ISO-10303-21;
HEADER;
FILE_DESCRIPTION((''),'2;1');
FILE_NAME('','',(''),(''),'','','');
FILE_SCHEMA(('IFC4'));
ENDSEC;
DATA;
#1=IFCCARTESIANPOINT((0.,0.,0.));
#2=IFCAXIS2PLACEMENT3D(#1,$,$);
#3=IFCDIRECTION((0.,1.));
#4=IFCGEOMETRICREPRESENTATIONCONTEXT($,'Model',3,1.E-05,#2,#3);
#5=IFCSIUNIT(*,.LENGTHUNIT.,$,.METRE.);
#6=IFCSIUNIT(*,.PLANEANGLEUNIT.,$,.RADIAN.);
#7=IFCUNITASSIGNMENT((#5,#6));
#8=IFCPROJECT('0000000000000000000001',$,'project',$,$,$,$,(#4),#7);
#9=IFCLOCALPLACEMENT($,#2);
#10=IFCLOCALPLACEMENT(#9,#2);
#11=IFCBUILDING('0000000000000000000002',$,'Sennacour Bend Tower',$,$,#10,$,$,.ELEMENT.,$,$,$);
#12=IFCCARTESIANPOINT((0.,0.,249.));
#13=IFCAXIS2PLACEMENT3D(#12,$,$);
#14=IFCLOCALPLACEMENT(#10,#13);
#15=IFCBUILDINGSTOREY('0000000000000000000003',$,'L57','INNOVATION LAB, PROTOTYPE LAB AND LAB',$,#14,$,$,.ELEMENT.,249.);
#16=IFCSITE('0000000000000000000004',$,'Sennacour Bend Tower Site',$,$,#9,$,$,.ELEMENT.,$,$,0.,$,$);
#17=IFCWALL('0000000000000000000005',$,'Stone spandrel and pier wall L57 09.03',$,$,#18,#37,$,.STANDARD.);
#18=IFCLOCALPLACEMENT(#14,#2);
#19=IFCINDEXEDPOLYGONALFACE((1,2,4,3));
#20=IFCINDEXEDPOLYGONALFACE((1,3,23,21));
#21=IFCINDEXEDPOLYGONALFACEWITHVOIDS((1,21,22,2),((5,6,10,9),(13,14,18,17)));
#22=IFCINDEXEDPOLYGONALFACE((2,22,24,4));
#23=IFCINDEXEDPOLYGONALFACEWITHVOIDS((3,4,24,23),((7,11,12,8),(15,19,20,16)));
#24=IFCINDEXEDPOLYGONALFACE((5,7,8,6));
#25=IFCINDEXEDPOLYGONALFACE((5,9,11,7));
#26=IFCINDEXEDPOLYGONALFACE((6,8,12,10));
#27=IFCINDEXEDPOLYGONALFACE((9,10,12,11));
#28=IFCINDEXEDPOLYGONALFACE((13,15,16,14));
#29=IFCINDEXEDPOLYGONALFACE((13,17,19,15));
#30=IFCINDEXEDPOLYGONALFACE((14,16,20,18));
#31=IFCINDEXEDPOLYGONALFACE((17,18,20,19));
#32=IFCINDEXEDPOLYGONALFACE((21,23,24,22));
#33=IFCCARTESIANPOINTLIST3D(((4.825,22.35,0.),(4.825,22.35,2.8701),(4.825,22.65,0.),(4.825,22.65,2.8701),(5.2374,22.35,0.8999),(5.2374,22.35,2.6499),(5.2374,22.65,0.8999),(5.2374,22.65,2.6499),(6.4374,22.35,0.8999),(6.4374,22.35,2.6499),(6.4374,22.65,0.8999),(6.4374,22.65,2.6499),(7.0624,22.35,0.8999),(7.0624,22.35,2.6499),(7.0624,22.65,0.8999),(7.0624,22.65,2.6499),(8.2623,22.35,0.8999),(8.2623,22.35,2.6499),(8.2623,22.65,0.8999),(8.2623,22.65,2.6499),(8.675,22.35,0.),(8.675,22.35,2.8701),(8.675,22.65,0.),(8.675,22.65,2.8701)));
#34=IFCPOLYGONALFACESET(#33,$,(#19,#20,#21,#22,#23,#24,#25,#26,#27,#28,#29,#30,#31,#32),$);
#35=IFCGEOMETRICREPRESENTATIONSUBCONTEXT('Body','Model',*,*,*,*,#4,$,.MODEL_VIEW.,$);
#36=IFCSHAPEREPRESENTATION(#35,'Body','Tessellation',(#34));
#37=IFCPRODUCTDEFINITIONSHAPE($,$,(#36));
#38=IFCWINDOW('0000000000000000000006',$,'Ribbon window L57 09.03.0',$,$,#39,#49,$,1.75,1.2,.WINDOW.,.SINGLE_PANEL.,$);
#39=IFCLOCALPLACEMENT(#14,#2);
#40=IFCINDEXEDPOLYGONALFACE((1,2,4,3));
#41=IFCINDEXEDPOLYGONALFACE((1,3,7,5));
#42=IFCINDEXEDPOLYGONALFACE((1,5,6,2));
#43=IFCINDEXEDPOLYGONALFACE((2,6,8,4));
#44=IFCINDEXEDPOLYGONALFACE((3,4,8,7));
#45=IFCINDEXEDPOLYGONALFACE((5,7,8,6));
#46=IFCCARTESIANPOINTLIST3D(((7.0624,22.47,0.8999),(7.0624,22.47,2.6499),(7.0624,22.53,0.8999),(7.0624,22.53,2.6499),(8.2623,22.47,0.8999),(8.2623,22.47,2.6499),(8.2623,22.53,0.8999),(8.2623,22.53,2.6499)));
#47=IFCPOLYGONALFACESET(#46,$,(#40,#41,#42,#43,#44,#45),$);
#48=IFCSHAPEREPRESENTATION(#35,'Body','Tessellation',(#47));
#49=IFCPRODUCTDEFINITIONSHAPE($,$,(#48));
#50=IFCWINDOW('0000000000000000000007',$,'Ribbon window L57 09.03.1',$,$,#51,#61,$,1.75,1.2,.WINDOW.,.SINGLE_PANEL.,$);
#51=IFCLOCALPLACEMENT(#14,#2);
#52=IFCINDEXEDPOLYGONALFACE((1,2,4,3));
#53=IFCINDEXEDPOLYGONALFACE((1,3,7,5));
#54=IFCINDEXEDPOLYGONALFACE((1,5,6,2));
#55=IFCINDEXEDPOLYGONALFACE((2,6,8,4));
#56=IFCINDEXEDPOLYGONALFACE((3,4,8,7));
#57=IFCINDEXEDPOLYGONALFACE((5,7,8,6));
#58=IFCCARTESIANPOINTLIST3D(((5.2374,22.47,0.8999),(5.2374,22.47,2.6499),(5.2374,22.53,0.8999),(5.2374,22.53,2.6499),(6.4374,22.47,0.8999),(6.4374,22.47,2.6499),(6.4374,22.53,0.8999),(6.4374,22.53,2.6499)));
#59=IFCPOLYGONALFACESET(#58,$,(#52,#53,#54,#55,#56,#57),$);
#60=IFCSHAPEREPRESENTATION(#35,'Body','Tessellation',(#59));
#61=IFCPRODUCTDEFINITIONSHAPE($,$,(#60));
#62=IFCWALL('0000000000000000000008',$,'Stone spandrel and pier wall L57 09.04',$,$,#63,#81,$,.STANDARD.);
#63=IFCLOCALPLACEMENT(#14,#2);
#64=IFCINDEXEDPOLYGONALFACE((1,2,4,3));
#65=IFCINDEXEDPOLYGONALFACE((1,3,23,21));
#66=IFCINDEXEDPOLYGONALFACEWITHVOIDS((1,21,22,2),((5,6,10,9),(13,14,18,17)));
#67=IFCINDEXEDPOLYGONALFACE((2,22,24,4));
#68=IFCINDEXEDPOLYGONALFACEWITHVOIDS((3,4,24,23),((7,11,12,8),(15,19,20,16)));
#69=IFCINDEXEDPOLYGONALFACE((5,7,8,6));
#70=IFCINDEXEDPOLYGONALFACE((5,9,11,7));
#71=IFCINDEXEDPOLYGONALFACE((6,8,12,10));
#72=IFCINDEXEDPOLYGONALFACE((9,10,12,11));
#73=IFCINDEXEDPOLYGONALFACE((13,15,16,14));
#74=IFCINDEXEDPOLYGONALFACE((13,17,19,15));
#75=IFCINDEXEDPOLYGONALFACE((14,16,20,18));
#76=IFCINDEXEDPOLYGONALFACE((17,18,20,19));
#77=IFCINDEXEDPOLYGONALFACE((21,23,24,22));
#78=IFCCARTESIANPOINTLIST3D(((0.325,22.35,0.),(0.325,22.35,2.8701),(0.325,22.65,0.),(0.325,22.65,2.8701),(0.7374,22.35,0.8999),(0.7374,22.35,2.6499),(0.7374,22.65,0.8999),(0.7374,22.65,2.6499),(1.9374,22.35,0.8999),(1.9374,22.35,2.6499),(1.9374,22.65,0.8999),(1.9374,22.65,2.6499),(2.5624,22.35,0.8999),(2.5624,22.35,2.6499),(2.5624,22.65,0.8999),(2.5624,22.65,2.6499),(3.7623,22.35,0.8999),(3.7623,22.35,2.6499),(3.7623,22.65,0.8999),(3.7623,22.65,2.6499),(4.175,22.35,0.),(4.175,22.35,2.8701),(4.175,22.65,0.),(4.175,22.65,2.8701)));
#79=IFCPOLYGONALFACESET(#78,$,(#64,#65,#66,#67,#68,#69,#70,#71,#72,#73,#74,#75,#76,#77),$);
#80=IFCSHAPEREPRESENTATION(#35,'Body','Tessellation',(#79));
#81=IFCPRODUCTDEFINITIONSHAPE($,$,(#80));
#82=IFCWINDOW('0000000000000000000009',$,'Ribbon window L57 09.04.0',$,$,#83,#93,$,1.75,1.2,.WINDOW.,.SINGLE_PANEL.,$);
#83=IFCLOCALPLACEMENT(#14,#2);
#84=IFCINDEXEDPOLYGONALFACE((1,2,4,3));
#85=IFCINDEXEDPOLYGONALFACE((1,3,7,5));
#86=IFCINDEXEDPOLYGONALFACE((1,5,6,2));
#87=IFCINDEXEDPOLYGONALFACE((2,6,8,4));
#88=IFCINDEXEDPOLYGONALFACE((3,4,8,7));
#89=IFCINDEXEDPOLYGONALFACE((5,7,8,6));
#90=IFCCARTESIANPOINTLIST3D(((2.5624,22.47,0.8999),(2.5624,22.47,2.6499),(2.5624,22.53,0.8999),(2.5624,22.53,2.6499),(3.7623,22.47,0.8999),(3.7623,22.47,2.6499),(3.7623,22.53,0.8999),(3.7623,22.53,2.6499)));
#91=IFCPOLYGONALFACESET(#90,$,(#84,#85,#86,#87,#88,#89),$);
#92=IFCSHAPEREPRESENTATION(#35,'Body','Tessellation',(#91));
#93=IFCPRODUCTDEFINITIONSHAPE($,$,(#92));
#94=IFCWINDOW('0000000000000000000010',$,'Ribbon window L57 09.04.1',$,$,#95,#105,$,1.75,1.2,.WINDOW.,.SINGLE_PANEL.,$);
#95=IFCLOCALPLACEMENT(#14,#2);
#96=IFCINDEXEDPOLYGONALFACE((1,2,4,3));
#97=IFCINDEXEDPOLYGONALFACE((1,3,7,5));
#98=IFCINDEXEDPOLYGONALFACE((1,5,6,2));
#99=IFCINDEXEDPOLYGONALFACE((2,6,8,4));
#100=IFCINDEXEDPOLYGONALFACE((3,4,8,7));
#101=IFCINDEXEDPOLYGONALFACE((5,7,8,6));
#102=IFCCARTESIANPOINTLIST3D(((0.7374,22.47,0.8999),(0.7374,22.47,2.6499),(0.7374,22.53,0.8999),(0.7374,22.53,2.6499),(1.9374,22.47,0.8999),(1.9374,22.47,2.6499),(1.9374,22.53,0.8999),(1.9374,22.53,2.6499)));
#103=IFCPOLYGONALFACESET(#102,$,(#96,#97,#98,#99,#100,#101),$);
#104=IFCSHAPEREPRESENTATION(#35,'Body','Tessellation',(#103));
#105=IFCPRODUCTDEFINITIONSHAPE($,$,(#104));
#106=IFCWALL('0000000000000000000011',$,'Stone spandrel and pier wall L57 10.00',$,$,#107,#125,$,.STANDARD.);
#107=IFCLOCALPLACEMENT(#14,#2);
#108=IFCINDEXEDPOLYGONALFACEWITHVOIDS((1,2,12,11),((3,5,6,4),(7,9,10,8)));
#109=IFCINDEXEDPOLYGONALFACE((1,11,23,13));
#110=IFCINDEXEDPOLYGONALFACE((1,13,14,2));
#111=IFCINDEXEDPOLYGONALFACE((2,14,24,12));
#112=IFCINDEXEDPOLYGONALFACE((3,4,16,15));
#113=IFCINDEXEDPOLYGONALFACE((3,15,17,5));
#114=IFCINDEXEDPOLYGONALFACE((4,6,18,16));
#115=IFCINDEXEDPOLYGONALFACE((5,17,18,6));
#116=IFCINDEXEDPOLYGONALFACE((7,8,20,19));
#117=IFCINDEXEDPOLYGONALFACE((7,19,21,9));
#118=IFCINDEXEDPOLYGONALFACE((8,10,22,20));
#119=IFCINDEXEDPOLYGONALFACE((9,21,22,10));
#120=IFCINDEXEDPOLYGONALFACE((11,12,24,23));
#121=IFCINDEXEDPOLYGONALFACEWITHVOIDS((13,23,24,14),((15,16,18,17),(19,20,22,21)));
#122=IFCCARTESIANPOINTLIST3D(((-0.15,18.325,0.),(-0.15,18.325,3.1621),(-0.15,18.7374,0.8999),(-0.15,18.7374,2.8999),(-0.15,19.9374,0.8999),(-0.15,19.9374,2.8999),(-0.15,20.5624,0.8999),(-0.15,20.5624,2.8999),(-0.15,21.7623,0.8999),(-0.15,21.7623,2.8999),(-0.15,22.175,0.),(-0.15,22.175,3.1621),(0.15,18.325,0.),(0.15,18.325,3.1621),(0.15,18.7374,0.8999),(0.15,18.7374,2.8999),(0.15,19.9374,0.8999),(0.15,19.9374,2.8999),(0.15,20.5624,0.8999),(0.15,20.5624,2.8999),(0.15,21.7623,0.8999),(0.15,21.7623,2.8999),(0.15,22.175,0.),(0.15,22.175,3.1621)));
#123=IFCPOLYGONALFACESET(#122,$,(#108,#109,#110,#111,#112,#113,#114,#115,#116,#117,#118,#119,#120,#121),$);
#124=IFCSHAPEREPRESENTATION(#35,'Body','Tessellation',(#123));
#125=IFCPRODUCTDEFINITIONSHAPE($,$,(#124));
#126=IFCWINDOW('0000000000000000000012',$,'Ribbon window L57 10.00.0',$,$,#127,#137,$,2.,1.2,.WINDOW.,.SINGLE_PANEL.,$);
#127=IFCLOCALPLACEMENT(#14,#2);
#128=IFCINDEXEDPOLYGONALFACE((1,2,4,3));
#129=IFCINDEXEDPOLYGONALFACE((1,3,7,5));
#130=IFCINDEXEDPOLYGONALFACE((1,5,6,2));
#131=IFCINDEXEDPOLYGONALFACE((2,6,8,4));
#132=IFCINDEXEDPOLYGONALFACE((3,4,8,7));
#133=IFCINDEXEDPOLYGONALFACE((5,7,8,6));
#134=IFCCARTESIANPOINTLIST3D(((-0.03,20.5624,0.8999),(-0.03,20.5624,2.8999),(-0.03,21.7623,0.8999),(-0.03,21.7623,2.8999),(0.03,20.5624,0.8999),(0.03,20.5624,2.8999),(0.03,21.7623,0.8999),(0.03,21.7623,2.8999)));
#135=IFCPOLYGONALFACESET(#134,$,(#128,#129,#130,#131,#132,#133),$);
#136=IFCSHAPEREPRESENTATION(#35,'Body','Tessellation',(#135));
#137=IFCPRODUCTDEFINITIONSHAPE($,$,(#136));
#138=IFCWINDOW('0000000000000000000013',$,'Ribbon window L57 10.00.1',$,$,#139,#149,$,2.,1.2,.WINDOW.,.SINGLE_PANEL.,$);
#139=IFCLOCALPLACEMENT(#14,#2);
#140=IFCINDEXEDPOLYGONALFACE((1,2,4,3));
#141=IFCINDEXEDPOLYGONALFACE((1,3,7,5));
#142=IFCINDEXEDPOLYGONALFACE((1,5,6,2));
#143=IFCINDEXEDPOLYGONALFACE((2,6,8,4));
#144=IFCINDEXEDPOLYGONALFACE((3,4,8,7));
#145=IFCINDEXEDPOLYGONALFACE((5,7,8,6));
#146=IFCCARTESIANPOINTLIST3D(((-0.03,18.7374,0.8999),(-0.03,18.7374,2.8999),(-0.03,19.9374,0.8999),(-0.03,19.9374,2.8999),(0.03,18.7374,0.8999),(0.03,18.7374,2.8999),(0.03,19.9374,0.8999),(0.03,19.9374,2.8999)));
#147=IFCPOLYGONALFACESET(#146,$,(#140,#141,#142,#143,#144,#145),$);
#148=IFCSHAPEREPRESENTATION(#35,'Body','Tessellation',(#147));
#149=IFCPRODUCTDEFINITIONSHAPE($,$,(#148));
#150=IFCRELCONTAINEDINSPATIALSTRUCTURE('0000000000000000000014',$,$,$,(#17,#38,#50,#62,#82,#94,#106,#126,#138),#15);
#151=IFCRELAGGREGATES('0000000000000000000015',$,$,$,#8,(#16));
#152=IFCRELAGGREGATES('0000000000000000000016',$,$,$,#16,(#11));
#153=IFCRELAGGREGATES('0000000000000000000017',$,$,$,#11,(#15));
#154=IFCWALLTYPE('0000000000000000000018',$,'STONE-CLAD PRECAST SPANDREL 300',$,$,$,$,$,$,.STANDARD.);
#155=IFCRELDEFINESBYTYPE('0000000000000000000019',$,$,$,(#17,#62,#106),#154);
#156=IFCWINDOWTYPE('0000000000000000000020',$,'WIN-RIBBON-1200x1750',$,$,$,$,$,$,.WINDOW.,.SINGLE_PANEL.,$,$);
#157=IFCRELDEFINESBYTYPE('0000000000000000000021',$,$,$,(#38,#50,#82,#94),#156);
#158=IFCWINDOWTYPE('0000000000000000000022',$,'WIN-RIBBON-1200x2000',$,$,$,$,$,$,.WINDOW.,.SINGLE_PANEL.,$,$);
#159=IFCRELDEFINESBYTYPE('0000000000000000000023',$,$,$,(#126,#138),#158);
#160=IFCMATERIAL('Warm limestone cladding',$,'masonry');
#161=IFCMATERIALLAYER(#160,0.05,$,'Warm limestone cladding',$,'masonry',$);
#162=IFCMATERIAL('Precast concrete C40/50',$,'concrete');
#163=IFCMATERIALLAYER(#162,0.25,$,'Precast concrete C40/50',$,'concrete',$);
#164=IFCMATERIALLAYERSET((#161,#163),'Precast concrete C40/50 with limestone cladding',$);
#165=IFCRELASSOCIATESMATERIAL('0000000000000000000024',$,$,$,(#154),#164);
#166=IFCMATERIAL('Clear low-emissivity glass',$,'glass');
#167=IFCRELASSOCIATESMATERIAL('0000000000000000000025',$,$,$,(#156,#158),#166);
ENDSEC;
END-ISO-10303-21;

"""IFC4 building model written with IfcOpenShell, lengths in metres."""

from ifc_helpers import new_model, si_unit, direction, frame, frame_2d, origin, place, context, subcontext, project, spatial, rectangle, extrude, material, layer, layer_set, type_object, element, fill, save


model = new_model("IFC4")

# Units and contexts
model_context = context("Model", 3, precision=1e-05, world=origin(), true_north=direction((0.0, 1.0)))
body_context = subcontext(model_context, "Body", "Model", "MODEL_VIEW")
ifc_project = project(units=[si_unit("LENGTHUNIT", "METRE"), si_unit("PLANEANGLEUNIT", "RADIAN")], contexts=[model_context])

# Site, building, storey
site_placement = place(None, origin())
site = spatial("IfcSite", under=ifc_project, at=site_placement, Name="Sennacour Bend Tower Site", CompositionType="ELEMENT", RefElevation=0.0)
building_placement = place(site_placement, origin())
building = spatial("IfcBuilding", under=site, at=building_placement, Name="Sennacour Bend Tower", CompositionType="ELEMENT")
storey_placement = place(building_placement, frame((0.0, 0.0, 249.0)))
storey = spatial("IfcBuildingStorey", under=building, at=storey_placement, Name="L57", Description="INNOVATION LAB, PROTOTYPE LAB AND LAB", CompositionType="ELEMENT", Elevation=249.0)

# Walls, openings, windows
ifc_material_1 = material(Name="Warm limestone cladding", Category="masonry")
ifc_layer_1 = layer(ifc_material_1, 0.05, Name="Warm limestone cladding", Category="masonry")
ifc_material_2 = material(Name="Precast concrete C40/50", Category="concrete")
ifc_layer_2 = layer(ifc_material_2, 0.25, Name="Precast concrete C40/50", Category="concrete")
ifc_layer_set_1 = layer_set([ifc_layer_1, ifc_layer_2], Name="Precast concrete C40/50 with limestone cladding")
wall_type_1 = type_object("IfcWallType", Name="STONE-CLAD PRECAST SPANDREL 300", PredefinedType="STANDARD", material=ifc_layer_set_1)
wall_1_placement = place(storey_placement, frame((8.675, 22.5, 0.0), z_axis=(0.0, 0.0, 1.0), x_axis=(-1.0, 0.0, 0.0)))
wall_1 = element("IfcWall", 1, at=wall_1_placement, inside=storey, type_object=wall_type_1, Name="Stone spandrel and pier wall L57 09.03", PredefinedType="STANDARD", context=body_context, shape_type="SweptSolid", body=[
    extrude(rectangle(XDim=3.8501, YDim=0.3, at=frame_2d((1.925, 0.0))), origin(), (0.0, 0.0, 1.0), 2.8701),
])
opening_1_placement = place(wall_1_placement, frame((0.4126, 0.0, 0.8999)))
opening_1 = element("IfcOpeningElement", 2, at=opening_1_placement, cuts=wall_1, PredefinedType="OPENING", context=body_context, shape_type="SweptSolid", body=[
    extrude(rectangle(XDim=1.2, YDim=1.75, at=frame_2d((0.6001, 0.875))), frame((0.0, 0.1602, 0.0), z_axis=(0.0, -1.0, 0.0), x_axis=(1.0, 0.0, 0.0)), (0.0, 0.0, 1.0), 0.3201),
])
opening_2_placement = place(wall_1_placement, frame((2.2375, 0.0, 0.8999)))
opening_2 = element("IfcOpeningElement", 3, at=opening_2_placement, cuts=wall_1, PredefinedType="OPENING", context=body_context, shape_type="SweptSolid", body=[
    extrude(rectangle(XDim=1.2, YDim=1.75, at=frame_2d((0.6001, 0.875))), frame((0.0, 0.1602, 0.0), z_axis=(0.0, -1.0, 0.0), x_axis=(1.0, 0.0, 0.0)), (0.0, 0.0, 1.0), 0.3201),
])
ifc_material_3 = material(Name="Clear low-emissivity glass", Category="glass")
window_type_1 = type_object("IfcWindowType", Name="WIN-RIBBON-1200x1750", PartitioningType="SINGLE_PANEL", PredefinedType="WINDOW", material=ifc_material_3)
window_1_placement = place(opening_1_placement, origin())
window_1 = element("IfcWindow", 4, at=window_1_placement, inside=storey, type_object=window_type_1, Name="Ribbon window L57 09.03.0", OverallHeight=1.75, OverallWidth=1.2, PartitioningType="SINGLE_PANEL", PredefinedType="WINDOW", context=body_context, shape_type="SweptSolid", body=[
    extrude(rectangle(XDim=1.2, YDim=1.75, at=frame_2d((0.6001, 0.875))), frame((0.0, 0.03, 0.0), z_axis=(0.0, -1.0, 0.0), x_axis=(1.0, 0.0, 0.0)), (0.0, 0.0, 1.0), 0.0601),
])
fill(opening_1, window_1)
window_2_placement = place(opening_2_placement, origin())
window_2 = element("IfcWindow", 5, at=window_2_placement, inside=storey, type_object=window_type_1, Name="Ribbon window L57 09.03.1", OverallHeight=1.75, OverallWidth=1.2, PartitioningType="SINGLE_PANEL", PredefinedType="WINDOW", context=body_context, shape_type="SweptSolid", body=[
    extrude(rectangle(XDim=1.2, YDim=1.75, at=frame_2d((0.6001, 0.875))), frame((0.0, 0.03, 0.0), z_axis=(0.0, -1.0, 0.0), x_axis=(1.0, 0.0, 0.0)), (0.0, 0.0, 1.0), 0.0601),
])
fill(opening_2, window_2)
wall_2_placement = place(storey_placement, frame((4.175, 22.5, 0.0), z_axis=(0.0, 0.0, 1.0), x_axis=(-1.0, 0.0, 0.0)))
wall_2 = element("IfcWall", 6, at=wall_2_placement, inside=storey, type_object=wall_type_1, Name="Stone spandrel and pier wall L57 09.04", PredefinedType="STANDARD", context=body_context, shape_type="SweptSolid", body=[
    extrude(rectangle(XDim=3.8501, YDim=0.3, at=frame_2d((1.925, 0.0))), origin(), (0.0, 0.0, 1.0), 2.8701),
])
opening_3_placement = place(wall_2_placement, frame((0.4126, 0.0, 0.8999)))
opening_3 = element("IfcOpeningElement", 7, at=opening_3_placement, cuts=wall_2, PredefinedType="OPENING", context=body_context, shape_type="SweptSolid", body=[
    extrude(rectangle(XDim=1.2, YDim=1.75, at=frame_2d((0.6001, 0.875))), frame((0.0, 0.1602, 0.0), z_axis=(0.0, -1.0, 0.0), x_axis=(1.0, 0.0, 0.0)), (0.0, 0.0, 1.0), 0.3201),
])
opening_4_placement = place(wall_2_placement, frame((2.2375, 0.0, 0.8999)))
opening_4 = element("IfcOpeningElement", 8, at=opening_4_placement, cuts=wall_2, PredefinedType="OPENING", context=body_context, shape_type="SweptSolid", body=[
    extrude(rectangle(XDim=1.2, YDim=1.75, at=frame_2d((0.6001, 0.875))), frame((0.0, 0.1602, 0.0), z_axis=(0.0, -1.0, 0.0), x_axis=(1.0, 0.0, 0.0)), (0.0, 0.0, 1.0), 0.3201),
])
window_3_placement = place(opening_3_placement, origin())
window_3 = element("IfcWindow", 9, at=window_3_placement, inside=storey, type_object=window_type_1, Name="Ribbon window L57 09.04.0", OverallHeight=1.75, OverallWidth=1.2, PartitioningType="SINGLE_PANEL", PredefinedType="WINDOW", context=body_context, shape_type="SweptSolid", body=[
    extrude(rectangle(XDim=1.2, YDim=1.75, at=frame_2d((0.6001, 0.875))), frame((0.0, 0.03, 0.0), z_axis=(0.0, -1.0, 0.0), x_axis=(1.0, 0.0, 0.0)), (0.0, 0.0, 1.0), 0.0601),
])
fill(opening_3, window_3)
window_4_placement = place(opening_4_placement, origin())
window_4 = element("IfcWindow", 10, at=window_4_placement, inside=storey, type_object=window_type_1, Name="Ribbon window L57 09.04.1", OverallHeight=1.75, OverallWidth=1.2, PartitioningType="SINGLE_PANEL", PredefinedType="WINDOW", context=body_context, shape_type="SweptSolid", body=[
    extrude(rectangle(XDim=1.2, YDim=1.75, at=frame_2d((0.6001, 0.875))), frame((0.0, 0.03, 0.0), z_axis=(0.0, -1.0, 0.0), x_axis=(1.0, 0.0, 0.0)), (0.0, 0.0, 1.0), 0.0601),
])
fill(opening_4, window_4)
wall_3_placement = place(storey_placement, frame((0.0, 22.175, 0.0), z_axis=(0.0, 0.0, 1.0), x_axis=(0.0, -1.0, 0.0)))
wall_3 = element("IfcWall", 11, at=wall_3_placement, inside=storey, type_object=wall_type_1, Name="Stone spandrel and pier wall L57 10.00", PredefinedType="STANDARD", context=body_context, shape_type="SweptSolid", body=[
    extrude(rectangle(XDim=3.8501, YDim=0.3, at=frame_2d((1.925, 0.0))), origin(), (0.0, 0.0, 1.0), 3.1621),
])
opening_5_placement = place(wall_3_placement, frame((0.4126, 0.0, 0.8999)))
opening_5 = element("IfcOpeningElement", 12, at=opening_5_placement, cuts=wall_3, PredefinedType="OPENING", context=body_context, shape_type="SweptSolid", body=[
    extrude(rectangle(XDim=1.2, YDim=2.0, at=frame_2d((0.6001, 1.0))), frame((0.0, 0.1602, 0.0), z_axis=(0.0, -1.0, 0.0), x_axis=(1.0, 0.0, 0.0)), (0.0, 0.0, 1.0), 0.3201),
])
opening_6_placement = place(wall_3_placement, frame((2.2375, 0.0, 0.8999)))
opening_6 = element("IfcOpeningElement", 13, at=opening_6_placement, cuts=wall_3, PredefinedType="OPENING", context=body_context, shape_type="SweptSolid", body=[
    extrude(rectangle(XDim=1.2, YDim=2.0, at=frame_2d((0.6001, 1.0))), frame((0.0, 0.1602, 0.0), z_axis=(0.0, -1.0, 0.0), x_axis=(1.0, 0.0, 0.0)), (0.0, 0.0, 1.0), 0.3201),
])
window_type_2 = type_object("IfcWindowType", Name="WIN-RIBBON-1200x2000", PartitioningType="SINGLE_PANEL", PredefinedType="WINDOW", material=ifc_material_3)
window_5_placement = place(opening_5_placement, origin())
window_5 = element("IfcWindow", 14, at=window_5_placement, inside=storey, type_object=window_type_2, Name="Ribbon window L57 10.00.0", OverallHeight=2.0, OverallWidth=1.2, PartitioningType="SINGLE_PANEL", PredefinedType="WINDOW", context=body_context, shape_type="SweptSolid", body=[
    extrude(rectangle(XDim=1.2, YDim=2.0, at=frame_2d((0.6001, 1.0))), frame((0.0, 0.03, 0.0), z_axis=(0.0, -1.0, 0.0), x_axis=(1.0, 0.0, 0.0)), (0.0, 0.0, 1.0), 0.0601),
])
fill(opening_5, window_5)
window_6_placement = place(opening_6_placement, origin())
window_6 = element("IfcWindow", 15, at=window_6_placement, inside=storey, type_object=window_type_2, Name="Ribbon window L57 10.00.1", OverallHeight=2.0, OverallWidth=1.2, PartitioningType="SINGLE_PANEL", PredefinedType="WINDOW", context=body_context, shape_type="SweptSolid", body=[
    extrude(rectangle(XDim=1.2, YDim=2.0, at=frame_2d((0.6001, 1.0))), frame((0.0, 0.03, 0.0), z_axis=(0.0, -1.0, 0.0), x_axis=(1.0, 0.0, 0.0)), (0.0, 0.0, 1.0), 0.0601),
])
fill(opening_6, window_6)

save(model, "model.ifc")
